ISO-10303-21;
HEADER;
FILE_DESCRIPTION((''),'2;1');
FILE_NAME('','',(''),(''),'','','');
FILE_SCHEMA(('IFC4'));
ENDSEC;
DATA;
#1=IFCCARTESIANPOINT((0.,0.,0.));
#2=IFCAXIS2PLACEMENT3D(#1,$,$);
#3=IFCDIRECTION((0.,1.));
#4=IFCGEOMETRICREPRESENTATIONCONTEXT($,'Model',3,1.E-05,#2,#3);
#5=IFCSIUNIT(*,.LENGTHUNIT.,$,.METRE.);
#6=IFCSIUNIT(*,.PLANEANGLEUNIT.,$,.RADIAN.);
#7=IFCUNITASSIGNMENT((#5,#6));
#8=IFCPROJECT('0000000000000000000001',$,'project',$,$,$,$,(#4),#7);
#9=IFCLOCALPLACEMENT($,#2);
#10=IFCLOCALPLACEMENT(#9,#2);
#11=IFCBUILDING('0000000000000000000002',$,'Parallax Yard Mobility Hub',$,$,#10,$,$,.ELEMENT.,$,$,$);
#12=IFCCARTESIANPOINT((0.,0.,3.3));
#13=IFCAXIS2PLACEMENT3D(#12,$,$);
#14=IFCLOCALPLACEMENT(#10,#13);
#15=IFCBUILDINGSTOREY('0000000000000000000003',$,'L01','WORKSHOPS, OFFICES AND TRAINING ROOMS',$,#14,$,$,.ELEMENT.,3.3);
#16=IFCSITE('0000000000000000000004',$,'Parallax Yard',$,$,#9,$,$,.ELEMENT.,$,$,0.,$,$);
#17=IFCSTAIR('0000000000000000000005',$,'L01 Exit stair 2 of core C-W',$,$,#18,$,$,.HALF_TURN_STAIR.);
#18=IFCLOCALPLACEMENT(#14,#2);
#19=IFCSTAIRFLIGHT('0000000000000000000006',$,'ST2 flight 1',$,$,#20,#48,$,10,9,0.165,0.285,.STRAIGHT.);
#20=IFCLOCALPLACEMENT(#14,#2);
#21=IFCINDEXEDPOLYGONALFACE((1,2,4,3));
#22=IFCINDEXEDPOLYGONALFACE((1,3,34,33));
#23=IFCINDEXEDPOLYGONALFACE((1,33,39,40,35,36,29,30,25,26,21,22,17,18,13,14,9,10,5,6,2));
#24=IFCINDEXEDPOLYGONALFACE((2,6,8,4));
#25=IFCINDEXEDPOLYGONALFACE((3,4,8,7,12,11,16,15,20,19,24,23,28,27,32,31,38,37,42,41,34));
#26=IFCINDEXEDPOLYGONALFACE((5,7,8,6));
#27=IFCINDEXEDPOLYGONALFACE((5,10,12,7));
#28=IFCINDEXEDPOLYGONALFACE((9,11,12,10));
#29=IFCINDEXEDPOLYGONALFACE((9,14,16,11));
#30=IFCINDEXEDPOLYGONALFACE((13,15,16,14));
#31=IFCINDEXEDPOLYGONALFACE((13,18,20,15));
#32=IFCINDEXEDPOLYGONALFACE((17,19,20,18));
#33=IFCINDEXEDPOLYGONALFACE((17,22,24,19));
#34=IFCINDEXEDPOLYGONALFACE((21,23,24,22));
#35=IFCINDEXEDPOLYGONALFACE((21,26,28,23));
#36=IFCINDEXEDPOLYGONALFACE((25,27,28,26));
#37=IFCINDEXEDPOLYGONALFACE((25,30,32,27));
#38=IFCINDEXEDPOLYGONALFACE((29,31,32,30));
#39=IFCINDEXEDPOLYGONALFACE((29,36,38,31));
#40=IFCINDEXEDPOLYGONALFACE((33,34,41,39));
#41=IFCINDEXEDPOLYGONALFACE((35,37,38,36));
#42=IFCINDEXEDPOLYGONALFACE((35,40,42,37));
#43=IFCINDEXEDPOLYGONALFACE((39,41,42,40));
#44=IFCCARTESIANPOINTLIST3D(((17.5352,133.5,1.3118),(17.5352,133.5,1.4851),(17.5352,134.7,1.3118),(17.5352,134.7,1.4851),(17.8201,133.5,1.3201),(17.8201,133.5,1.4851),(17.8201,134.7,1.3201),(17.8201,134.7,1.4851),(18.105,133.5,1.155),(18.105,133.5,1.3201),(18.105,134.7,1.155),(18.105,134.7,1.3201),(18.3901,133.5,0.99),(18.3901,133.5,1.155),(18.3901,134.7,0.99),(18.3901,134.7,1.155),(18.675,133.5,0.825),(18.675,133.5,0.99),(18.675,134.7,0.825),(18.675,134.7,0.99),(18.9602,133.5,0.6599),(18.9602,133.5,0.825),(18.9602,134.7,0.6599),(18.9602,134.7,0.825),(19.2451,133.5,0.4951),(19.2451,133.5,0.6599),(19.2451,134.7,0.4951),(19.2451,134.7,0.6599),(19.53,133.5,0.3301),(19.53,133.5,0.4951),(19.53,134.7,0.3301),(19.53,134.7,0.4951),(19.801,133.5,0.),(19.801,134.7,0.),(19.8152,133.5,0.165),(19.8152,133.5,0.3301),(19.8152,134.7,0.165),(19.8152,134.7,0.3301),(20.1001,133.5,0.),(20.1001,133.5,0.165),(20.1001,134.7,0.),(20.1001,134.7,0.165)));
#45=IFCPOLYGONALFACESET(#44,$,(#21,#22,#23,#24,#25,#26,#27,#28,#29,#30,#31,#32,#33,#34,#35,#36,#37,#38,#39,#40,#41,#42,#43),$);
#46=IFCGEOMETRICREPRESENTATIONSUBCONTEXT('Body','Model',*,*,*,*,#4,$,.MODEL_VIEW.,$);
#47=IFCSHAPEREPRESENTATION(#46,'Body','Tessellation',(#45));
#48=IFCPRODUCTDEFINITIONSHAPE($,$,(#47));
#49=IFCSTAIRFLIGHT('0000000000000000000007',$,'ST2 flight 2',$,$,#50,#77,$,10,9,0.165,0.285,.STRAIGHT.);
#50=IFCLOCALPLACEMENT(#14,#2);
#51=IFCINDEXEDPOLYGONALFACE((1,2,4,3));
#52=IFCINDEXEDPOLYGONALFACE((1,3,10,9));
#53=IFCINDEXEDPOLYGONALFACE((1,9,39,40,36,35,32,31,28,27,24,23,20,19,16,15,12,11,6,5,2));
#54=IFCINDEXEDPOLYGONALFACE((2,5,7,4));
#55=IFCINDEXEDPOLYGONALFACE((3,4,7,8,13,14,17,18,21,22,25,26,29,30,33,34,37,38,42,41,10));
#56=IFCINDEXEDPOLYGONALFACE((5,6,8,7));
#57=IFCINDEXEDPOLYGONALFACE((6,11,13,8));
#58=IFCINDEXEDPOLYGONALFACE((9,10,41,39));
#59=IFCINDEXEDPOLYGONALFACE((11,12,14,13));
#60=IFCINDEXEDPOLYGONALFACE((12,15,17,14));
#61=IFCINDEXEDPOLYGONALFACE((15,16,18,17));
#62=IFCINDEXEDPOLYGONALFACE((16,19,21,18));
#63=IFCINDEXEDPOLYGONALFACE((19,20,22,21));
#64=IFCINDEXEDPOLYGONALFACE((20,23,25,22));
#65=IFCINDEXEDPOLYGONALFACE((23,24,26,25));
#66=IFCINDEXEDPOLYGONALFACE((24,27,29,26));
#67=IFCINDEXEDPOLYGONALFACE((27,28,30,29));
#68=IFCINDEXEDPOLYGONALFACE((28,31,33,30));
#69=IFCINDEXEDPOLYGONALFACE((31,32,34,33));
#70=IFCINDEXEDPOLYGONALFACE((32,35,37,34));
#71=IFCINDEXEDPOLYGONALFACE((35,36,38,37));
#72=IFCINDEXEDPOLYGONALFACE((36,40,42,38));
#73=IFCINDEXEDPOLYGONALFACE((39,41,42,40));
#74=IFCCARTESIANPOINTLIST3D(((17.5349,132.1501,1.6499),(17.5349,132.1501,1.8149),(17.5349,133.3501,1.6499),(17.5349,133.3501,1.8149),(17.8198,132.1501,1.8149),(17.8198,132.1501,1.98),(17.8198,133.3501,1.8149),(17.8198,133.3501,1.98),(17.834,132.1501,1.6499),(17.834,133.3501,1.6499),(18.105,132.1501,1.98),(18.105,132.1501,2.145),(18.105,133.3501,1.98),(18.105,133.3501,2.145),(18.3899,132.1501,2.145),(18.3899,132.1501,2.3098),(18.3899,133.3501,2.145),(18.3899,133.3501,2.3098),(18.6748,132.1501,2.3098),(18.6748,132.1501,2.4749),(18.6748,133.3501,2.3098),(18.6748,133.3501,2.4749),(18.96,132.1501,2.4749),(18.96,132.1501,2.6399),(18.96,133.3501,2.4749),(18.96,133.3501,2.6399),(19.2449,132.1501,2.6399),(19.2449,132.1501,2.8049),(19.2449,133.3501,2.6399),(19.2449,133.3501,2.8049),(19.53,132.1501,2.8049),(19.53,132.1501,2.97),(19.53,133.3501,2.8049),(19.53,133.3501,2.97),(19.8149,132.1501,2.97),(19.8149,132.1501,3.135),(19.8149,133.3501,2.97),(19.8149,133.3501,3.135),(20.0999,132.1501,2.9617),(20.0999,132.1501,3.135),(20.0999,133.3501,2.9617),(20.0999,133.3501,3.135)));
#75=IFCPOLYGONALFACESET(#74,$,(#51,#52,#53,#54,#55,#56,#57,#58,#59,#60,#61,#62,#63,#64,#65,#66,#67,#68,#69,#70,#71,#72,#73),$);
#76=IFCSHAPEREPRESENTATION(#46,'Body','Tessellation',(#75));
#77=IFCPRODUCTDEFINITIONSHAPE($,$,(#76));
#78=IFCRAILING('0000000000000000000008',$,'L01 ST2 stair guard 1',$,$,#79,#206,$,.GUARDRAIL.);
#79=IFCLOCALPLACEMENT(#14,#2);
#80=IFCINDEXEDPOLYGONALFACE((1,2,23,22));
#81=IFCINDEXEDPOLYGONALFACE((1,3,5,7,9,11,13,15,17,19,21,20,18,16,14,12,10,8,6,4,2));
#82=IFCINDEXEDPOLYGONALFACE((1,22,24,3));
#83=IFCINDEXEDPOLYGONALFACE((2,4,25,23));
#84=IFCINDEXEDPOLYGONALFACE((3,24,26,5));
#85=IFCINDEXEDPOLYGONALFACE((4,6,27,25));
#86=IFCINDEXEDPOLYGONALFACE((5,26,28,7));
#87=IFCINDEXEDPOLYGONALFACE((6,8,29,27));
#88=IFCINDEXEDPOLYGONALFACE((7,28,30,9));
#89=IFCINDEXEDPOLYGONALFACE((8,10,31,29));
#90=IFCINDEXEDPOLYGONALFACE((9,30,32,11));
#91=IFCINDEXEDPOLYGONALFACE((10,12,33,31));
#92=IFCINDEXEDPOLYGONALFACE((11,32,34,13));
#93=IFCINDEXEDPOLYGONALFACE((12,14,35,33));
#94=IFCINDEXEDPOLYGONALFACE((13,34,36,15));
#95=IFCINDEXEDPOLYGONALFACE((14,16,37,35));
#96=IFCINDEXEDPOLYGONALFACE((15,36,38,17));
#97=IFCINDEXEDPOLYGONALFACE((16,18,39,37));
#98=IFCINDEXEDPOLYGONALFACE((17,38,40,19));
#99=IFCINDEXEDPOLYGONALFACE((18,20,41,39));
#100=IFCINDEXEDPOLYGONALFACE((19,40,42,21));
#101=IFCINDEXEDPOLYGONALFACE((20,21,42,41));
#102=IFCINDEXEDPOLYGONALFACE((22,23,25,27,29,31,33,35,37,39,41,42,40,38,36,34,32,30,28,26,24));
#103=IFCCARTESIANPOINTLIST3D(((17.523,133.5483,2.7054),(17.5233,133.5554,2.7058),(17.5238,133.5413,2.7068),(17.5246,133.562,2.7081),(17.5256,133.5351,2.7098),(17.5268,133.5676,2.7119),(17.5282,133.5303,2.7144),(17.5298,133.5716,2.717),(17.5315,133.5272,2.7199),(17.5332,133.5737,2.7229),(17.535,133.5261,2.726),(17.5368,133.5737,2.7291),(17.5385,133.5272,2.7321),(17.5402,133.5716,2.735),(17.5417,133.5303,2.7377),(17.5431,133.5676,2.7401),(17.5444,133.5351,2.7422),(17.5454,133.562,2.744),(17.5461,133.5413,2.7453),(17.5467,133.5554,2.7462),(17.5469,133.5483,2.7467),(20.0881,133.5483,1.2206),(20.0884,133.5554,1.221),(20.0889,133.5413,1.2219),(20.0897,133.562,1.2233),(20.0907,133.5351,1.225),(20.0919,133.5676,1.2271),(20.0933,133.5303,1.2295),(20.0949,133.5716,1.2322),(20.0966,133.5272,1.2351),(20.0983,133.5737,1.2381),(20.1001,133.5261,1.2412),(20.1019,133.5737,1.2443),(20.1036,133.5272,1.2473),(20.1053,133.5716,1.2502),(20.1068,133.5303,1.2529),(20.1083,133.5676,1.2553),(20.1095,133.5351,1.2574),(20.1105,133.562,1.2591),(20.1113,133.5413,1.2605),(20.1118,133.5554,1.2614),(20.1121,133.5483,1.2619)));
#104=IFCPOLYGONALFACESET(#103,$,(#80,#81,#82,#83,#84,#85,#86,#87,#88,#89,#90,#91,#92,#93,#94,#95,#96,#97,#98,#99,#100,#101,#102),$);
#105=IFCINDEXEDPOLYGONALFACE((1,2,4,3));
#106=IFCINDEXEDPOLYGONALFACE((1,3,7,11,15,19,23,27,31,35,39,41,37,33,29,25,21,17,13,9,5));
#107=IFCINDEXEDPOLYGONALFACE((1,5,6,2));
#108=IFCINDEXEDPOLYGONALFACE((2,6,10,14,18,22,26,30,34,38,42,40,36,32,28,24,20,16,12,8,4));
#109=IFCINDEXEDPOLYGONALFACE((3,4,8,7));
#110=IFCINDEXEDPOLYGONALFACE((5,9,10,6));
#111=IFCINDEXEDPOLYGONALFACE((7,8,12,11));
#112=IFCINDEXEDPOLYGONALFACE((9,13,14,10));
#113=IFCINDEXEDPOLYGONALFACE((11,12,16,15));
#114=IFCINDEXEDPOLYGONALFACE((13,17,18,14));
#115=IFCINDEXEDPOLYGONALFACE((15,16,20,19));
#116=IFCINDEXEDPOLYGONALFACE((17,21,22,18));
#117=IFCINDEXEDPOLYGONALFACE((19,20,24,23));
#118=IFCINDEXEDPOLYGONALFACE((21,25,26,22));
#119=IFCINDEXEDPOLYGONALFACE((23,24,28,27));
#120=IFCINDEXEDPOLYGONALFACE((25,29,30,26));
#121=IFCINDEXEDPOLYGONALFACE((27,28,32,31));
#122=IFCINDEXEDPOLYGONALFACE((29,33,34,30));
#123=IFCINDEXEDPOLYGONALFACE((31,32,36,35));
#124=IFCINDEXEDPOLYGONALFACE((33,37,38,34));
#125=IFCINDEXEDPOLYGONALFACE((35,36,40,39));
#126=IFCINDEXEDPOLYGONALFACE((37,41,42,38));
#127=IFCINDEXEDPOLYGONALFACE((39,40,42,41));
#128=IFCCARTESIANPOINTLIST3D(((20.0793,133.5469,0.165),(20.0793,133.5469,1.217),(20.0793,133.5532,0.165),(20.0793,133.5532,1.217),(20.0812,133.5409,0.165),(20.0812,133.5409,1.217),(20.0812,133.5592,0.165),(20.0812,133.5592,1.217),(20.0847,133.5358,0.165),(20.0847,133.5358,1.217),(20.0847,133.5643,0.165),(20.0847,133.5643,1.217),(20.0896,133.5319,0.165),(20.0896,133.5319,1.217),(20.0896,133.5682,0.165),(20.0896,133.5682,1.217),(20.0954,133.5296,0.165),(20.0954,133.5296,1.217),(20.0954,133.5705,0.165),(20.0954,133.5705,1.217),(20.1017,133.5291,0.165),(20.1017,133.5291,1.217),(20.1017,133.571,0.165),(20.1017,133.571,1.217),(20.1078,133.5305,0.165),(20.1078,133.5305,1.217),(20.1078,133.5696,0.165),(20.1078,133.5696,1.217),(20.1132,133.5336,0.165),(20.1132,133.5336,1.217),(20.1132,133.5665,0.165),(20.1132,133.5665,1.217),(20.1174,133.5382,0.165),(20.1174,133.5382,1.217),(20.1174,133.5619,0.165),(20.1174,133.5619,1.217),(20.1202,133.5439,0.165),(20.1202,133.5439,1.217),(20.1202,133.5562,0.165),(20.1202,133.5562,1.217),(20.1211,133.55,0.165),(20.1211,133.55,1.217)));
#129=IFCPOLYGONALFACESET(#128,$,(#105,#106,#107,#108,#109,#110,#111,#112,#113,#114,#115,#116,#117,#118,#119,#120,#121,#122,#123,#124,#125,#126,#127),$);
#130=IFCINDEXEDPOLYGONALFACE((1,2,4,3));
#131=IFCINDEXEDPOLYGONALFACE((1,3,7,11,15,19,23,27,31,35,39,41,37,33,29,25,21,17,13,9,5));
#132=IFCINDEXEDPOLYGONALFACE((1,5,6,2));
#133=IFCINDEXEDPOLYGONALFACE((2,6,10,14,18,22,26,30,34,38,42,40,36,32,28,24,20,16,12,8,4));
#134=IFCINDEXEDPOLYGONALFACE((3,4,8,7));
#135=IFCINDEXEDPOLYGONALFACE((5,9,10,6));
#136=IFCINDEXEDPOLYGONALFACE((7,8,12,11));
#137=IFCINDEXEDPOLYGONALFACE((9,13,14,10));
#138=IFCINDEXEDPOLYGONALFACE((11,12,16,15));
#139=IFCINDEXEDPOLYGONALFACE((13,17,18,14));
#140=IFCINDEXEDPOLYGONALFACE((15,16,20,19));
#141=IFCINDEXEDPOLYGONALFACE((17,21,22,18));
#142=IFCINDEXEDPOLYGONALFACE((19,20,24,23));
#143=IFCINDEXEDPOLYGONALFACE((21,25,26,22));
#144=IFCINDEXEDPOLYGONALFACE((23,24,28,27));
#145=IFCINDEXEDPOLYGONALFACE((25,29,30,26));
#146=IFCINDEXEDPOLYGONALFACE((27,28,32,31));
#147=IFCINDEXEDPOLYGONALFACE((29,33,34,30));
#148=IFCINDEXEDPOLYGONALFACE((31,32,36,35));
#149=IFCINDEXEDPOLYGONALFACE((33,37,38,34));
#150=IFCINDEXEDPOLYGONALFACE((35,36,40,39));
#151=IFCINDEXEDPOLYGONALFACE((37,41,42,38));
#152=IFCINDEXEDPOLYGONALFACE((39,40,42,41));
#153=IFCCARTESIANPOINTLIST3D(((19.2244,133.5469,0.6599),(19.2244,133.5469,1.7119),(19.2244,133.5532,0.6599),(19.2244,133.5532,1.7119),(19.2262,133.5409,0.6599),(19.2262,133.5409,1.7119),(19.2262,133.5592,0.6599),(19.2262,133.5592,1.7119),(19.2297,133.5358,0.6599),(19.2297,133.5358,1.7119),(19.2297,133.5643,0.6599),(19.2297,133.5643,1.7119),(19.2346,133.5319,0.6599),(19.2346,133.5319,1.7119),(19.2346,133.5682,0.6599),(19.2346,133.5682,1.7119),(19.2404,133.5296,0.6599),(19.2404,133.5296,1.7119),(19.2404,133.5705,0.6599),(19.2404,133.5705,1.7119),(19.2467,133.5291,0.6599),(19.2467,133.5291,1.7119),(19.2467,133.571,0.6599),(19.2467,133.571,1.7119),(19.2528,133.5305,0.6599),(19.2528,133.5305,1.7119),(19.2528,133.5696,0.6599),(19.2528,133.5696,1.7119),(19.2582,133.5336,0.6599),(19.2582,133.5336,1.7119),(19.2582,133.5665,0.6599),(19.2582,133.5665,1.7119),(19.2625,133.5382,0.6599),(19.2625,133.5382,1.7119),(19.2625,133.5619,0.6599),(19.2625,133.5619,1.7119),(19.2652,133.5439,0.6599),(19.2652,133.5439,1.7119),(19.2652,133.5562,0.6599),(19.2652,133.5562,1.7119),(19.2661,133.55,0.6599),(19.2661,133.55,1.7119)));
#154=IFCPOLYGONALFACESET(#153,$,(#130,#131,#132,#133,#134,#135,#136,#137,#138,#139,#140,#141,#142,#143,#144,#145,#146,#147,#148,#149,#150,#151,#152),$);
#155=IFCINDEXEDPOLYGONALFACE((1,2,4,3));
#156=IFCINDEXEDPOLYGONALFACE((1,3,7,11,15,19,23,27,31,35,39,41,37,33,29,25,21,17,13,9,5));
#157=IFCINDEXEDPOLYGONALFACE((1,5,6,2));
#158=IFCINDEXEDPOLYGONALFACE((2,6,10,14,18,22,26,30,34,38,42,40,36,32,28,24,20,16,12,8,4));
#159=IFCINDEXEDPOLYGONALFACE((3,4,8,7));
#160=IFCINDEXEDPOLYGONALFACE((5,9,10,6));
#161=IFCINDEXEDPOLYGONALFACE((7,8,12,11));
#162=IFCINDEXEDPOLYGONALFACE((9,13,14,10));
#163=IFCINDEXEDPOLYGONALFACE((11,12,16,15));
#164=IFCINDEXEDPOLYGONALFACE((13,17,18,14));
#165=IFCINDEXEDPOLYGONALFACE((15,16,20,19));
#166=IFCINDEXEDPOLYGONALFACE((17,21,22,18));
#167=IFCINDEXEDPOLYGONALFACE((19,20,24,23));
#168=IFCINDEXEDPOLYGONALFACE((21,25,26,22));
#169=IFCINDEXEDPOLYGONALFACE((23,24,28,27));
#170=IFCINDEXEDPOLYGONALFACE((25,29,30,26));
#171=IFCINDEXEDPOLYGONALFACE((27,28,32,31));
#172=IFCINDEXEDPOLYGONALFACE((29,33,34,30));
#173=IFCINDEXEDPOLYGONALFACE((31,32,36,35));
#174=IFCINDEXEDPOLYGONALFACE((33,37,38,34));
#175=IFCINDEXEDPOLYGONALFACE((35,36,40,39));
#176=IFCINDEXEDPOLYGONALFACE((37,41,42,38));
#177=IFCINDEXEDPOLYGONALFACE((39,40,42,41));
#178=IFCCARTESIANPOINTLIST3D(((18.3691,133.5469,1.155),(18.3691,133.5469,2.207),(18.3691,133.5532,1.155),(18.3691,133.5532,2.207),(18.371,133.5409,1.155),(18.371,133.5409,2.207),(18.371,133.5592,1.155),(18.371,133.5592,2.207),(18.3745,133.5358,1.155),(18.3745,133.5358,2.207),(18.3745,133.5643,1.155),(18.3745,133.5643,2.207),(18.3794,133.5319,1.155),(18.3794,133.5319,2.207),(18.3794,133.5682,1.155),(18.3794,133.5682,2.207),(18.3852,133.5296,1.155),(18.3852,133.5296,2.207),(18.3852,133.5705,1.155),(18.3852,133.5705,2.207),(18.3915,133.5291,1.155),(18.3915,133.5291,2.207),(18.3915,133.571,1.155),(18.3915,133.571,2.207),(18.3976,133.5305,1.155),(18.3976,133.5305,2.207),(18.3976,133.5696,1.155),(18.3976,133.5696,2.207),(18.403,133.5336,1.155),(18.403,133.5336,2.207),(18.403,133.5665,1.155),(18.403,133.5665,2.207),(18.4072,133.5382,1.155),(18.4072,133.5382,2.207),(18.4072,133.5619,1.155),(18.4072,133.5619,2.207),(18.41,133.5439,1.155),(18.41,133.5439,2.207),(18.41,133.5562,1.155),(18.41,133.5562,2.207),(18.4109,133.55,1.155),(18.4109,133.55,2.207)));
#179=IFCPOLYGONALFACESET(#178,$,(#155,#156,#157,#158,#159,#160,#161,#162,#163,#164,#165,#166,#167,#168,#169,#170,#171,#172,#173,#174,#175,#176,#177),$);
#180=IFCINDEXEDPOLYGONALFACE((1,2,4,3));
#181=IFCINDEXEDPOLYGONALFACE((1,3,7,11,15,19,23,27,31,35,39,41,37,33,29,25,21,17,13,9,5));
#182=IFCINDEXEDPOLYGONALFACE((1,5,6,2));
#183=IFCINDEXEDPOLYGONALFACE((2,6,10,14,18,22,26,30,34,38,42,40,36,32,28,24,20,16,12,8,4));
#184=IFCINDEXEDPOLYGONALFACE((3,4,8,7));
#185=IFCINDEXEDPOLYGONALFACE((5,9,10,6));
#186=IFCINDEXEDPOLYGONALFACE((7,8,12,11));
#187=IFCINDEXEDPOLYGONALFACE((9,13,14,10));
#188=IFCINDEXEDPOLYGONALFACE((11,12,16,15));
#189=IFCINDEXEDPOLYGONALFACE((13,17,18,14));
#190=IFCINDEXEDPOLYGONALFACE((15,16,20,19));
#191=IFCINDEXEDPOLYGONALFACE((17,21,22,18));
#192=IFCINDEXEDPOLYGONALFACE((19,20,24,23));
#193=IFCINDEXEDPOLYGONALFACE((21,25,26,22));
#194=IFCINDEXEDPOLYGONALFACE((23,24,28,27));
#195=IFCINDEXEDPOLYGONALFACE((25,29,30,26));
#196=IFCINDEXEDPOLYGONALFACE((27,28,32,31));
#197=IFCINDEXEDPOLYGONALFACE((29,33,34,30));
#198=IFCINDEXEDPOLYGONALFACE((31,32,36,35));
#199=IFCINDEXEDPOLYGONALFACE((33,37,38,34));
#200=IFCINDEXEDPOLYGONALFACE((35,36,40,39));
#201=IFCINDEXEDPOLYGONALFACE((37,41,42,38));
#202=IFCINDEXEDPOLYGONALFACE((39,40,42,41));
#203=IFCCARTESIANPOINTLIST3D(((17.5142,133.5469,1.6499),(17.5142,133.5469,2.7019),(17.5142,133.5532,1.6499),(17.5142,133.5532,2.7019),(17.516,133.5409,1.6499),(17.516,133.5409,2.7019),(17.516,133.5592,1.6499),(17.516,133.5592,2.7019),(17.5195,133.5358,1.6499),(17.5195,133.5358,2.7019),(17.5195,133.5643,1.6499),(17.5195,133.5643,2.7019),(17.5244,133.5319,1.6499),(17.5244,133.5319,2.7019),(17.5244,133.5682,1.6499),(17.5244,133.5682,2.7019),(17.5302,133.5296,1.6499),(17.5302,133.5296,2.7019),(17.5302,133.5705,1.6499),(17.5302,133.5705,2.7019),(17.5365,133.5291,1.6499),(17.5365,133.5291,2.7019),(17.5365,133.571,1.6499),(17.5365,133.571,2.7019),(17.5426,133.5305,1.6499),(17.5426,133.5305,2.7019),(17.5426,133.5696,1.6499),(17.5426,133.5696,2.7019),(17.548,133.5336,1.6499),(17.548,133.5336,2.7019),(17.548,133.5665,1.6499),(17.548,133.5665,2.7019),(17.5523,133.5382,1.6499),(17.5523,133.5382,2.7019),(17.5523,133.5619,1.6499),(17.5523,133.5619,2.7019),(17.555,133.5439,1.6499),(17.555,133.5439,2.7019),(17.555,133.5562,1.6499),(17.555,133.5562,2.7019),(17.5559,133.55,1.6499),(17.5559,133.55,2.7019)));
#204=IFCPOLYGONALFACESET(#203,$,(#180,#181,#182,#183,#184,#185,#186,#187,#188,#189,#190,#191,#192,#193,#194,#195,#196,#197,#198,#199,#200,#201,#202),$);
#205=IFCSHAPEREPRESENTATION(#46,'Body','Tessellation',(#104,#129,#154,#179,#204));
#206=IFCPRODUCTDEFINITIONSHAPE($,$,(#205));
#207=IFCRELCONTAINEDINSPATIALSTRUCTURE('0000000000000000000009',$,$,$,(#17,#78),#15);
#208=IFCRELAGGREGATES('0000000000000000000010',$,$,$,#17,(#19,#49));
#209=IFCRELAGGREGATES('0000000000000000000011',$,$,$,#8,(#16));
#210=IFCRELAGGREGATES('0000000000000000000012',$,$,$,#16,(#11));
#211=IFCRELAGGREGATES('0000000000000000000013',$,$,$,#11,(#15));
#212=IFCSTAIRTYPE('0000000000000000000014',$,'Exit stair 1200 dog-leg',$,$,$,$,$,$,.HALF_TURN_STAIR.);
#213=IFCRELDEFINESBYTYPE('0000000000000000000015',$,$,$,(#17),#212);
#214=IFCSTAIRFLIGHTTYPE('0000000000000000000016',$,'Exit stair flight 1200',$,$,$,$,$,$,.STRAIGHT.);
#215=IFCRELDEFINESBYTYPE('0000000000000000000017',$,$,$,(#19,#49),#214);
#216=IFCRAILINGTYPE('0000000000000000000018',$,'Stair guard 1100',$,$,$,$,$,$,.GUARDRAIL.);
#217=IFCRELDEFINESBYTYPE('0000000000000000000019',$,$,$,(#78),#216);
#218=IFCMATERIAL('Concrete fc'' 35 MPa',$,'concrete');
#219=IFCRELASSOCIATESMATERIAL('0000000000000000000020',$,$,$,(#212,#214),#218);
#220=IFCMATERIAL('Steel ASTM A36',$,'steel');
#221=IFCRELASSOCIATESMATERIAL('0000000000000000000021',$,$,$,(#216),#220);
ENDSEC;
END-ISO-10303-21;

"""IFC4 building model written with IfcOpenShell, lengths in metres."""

from ifc_helpers import new_model, si_unit, direction, frame, origin, origin_2d, place, context, subcontext, project, spatial, polyline, circle, outline, extrude, material, type_object, element, aggregate, save


model = new_model("IFC4")

# Units and contexts
model_context = context("Model", 3, precision=1e-05, world=origin(), true_north=direction((0.0, 1.0)))
body_context = subcontext(model_context, "Body", "Model", "MODEL_VIEW")
ifc_project = project(units=[si_unit("LENGTHUNIT", "METRE"), si_unit("PLANEANGLEUNIT", "RADIAN")], contexts=[model_context])

# Site, building, storey
site_placement = place(None, origin())
site = spatial("IfcSite", under=ifc_project, at=site_placement, Name="Parallax Yard", CompositionType="ELEMENT", RefElevation=0.0)
building_placement = place(site_placement, origin())
building = spatial("IfcBuilding", under=site, at=building_placement, Name="Parallax Yard Mobility Hub", CompositionType="ELEMENT")
storey_placement = place(building_placement, frame((0.0, 0.0, 3.3)))
storey = spatial("IfcBuildingStorey", under=building, at=storey_placement, Name="L01", Description="WORKSHOPS, OFFICES AND TRAINING ROOMS", CompositionType="ELEMENT", Elevation=3.3)

# Shared definitions
ifc_material_1 = material(Name="Concrete fc' 35 MPa", Category="concrete")

# Stair, stair flights
stair_type = type_object("IfcStairType", Name="Exit stair 1200 dog-leg", PredefinedType="HALF_TURN_STAIR", material=ifc_material_1)
stair_placement = place(storey_placement, origin())
stair = element("IfcStair", 1, at=stair_placement, inside=storey, type_object=stair_type, Name="L01 Exit stair 2 of core C-W", PredefinedType="HALF_TURN_STAIR")
stair_flight_type = type_object("IfcStairFlightType", Name="Exit stair flight 1200", PredefinedType="STRAIGHT", material=ifc_material_1)
stair_flight_1_placement = place(storey_placement, frame((20.1001, 134.1001, 0.0), z_axis=(0.0, 0.0, 1.0), x_axis=(-1.0, 0.0, 0.0)))
stair_flight_1 = element("IfcStairFlight", 2, at=stair_flight_1_placement, type_object=stair_flight_type, Name="ST2 flight 1", NumberOfRisers=10, NumberOfTreads=9, PredefinedType="STRAIGHT", RiserHeight=0.165, TreadLength=0.285, context=body_context, shape_type="SweptSolid", body=[
    extrude(outline(polyline([(0.0, 0.0), (0.0, 0.165), (0.2849, 0.165), (0.2849, 0.3301), (0.5701, 0.3301), (0.5701, 0.4951), (0.855, 0.4951), (0.855, 0.6599), (1.1399, 0.6599), (1.1399, 0.825), (1.425, 0.825), (1.425, 0.99), (1.71, 0.99), (1.71, 1.155), (1.9951, 1.155), (1.9951, 1.3201), (2.28, 1.3201), (2.28, 1.4851), (2.5649, 1.4851), (2.5649, 1.6499), (2.5649, 1.3118), (0.2991, 0.0), (0.0, 0.0)])), frame((0.0, 0.6001, 0.0), z_axis=(0.0, -1.0, 0.0), x_axis=(1.0, 0.0, 0.0)), (0.0, 0.0, 1.0), 1.2),
])
stair_flight_2_placement = place(storey_placement, frame((17.5349, 132.75, 1.6499), z_axis=(0.0, 0.0, 1.0), x_axis=(1.0, 0.0, 0.0)))
stair_flight_2 = element("IfcStairFlight", 3, at=stair_flight_2_placement, type_object=stair_flight_type, Name="ST2 flight 2", NumberOfRisers=10, NumberOfTreads=9, PredefinedType="STRAIGHT", RiserHeight=0.165, TreadLength=0.285, context=body_context, shape_type="SweptSolid", body=[
    extrude(outline(polyline([(0.0, 0.0), (0.0, 0.165), (0.2849, 0.165), (0.2849, 0.3301), (0.5701, 0.3301), (0.5701, 0.4951), (0.855, 0.4951), (0.855, 0.6599), (1.1399, 0.6599), (1.1399, 0.825), (1.425, 0.825), (1.425, 0.99), (1.71, 0.99), (1.71, 1.155), (1.9951, 1.155), (1.9951, 1.3201), (2.28, 1.3201), (2.28, 1.4851), (2.5649, 1.4851), (2.5649, 1.6499), (2.5649, 1.3118), (0.2991, 0.0), (0.0, 0.0)])), frame((0.0, 0.6001, 0.0), z_axis=(0.0, -1.0, 0.0), x_axis=(1.0, 0.0, 0.0)), (0.0, 0.0, 1.0), 1.2),
])
aggregate(stair, [stair_flight_1, stair_flight_2])

# Railing
ifc_material_2 = material(Name="Steel ASTM A36", Category="steel")
railing_type_1 = type_object("IfcRailingType", Name="Stair guard 1100", PredefinedType="GUARDRAIL", material=ifc_material_2)
railing_1_placement = place(storey_placement, frame((20.1001, 133.55, 0.165)))
element("IfcRailing", 4, at=railing_1_placement, inside=storey, type_object=railing_type_1, Name="L01 ST2 stair guard 1", PredefinedType="GUARDRAIL", context=body_context, shape_type="SweptSolid", body=[
    extrude(circle(Radius=0.0239, at=origin_2d()), frame((0.0, 0.0, 1.0762), z_axis=(-0.865462, 0.0, 0.500975), x_axis=(0.0, -1.0, 0.0)), (0.0, 0.0, 1.0), 2.9639),
    extrude(circle(Radius=0.021, at=origin_2d()), origin(), (0.0, 0.0, 1.0), 1.052),
    extrude(circle(Radius=0.021, at=origin_2d()), frame((-0.855, 0.0, 0.4949)), (0.0, 0.0, 1.0), 1.052),
    extrude(circle(Radius=0.021, at=origin_2d()), frame((-1.7102, 0.0, 0.99)), (0.0, 0.0, 1.0), 1.052),
    extrude(circle(Radius=0.021, at=origin_2d()), frame((-2.5652, 0.0, 1.4849)), (0.0, 0.0, 1.0), 1.052),
])

save(model, "model.ifc")
